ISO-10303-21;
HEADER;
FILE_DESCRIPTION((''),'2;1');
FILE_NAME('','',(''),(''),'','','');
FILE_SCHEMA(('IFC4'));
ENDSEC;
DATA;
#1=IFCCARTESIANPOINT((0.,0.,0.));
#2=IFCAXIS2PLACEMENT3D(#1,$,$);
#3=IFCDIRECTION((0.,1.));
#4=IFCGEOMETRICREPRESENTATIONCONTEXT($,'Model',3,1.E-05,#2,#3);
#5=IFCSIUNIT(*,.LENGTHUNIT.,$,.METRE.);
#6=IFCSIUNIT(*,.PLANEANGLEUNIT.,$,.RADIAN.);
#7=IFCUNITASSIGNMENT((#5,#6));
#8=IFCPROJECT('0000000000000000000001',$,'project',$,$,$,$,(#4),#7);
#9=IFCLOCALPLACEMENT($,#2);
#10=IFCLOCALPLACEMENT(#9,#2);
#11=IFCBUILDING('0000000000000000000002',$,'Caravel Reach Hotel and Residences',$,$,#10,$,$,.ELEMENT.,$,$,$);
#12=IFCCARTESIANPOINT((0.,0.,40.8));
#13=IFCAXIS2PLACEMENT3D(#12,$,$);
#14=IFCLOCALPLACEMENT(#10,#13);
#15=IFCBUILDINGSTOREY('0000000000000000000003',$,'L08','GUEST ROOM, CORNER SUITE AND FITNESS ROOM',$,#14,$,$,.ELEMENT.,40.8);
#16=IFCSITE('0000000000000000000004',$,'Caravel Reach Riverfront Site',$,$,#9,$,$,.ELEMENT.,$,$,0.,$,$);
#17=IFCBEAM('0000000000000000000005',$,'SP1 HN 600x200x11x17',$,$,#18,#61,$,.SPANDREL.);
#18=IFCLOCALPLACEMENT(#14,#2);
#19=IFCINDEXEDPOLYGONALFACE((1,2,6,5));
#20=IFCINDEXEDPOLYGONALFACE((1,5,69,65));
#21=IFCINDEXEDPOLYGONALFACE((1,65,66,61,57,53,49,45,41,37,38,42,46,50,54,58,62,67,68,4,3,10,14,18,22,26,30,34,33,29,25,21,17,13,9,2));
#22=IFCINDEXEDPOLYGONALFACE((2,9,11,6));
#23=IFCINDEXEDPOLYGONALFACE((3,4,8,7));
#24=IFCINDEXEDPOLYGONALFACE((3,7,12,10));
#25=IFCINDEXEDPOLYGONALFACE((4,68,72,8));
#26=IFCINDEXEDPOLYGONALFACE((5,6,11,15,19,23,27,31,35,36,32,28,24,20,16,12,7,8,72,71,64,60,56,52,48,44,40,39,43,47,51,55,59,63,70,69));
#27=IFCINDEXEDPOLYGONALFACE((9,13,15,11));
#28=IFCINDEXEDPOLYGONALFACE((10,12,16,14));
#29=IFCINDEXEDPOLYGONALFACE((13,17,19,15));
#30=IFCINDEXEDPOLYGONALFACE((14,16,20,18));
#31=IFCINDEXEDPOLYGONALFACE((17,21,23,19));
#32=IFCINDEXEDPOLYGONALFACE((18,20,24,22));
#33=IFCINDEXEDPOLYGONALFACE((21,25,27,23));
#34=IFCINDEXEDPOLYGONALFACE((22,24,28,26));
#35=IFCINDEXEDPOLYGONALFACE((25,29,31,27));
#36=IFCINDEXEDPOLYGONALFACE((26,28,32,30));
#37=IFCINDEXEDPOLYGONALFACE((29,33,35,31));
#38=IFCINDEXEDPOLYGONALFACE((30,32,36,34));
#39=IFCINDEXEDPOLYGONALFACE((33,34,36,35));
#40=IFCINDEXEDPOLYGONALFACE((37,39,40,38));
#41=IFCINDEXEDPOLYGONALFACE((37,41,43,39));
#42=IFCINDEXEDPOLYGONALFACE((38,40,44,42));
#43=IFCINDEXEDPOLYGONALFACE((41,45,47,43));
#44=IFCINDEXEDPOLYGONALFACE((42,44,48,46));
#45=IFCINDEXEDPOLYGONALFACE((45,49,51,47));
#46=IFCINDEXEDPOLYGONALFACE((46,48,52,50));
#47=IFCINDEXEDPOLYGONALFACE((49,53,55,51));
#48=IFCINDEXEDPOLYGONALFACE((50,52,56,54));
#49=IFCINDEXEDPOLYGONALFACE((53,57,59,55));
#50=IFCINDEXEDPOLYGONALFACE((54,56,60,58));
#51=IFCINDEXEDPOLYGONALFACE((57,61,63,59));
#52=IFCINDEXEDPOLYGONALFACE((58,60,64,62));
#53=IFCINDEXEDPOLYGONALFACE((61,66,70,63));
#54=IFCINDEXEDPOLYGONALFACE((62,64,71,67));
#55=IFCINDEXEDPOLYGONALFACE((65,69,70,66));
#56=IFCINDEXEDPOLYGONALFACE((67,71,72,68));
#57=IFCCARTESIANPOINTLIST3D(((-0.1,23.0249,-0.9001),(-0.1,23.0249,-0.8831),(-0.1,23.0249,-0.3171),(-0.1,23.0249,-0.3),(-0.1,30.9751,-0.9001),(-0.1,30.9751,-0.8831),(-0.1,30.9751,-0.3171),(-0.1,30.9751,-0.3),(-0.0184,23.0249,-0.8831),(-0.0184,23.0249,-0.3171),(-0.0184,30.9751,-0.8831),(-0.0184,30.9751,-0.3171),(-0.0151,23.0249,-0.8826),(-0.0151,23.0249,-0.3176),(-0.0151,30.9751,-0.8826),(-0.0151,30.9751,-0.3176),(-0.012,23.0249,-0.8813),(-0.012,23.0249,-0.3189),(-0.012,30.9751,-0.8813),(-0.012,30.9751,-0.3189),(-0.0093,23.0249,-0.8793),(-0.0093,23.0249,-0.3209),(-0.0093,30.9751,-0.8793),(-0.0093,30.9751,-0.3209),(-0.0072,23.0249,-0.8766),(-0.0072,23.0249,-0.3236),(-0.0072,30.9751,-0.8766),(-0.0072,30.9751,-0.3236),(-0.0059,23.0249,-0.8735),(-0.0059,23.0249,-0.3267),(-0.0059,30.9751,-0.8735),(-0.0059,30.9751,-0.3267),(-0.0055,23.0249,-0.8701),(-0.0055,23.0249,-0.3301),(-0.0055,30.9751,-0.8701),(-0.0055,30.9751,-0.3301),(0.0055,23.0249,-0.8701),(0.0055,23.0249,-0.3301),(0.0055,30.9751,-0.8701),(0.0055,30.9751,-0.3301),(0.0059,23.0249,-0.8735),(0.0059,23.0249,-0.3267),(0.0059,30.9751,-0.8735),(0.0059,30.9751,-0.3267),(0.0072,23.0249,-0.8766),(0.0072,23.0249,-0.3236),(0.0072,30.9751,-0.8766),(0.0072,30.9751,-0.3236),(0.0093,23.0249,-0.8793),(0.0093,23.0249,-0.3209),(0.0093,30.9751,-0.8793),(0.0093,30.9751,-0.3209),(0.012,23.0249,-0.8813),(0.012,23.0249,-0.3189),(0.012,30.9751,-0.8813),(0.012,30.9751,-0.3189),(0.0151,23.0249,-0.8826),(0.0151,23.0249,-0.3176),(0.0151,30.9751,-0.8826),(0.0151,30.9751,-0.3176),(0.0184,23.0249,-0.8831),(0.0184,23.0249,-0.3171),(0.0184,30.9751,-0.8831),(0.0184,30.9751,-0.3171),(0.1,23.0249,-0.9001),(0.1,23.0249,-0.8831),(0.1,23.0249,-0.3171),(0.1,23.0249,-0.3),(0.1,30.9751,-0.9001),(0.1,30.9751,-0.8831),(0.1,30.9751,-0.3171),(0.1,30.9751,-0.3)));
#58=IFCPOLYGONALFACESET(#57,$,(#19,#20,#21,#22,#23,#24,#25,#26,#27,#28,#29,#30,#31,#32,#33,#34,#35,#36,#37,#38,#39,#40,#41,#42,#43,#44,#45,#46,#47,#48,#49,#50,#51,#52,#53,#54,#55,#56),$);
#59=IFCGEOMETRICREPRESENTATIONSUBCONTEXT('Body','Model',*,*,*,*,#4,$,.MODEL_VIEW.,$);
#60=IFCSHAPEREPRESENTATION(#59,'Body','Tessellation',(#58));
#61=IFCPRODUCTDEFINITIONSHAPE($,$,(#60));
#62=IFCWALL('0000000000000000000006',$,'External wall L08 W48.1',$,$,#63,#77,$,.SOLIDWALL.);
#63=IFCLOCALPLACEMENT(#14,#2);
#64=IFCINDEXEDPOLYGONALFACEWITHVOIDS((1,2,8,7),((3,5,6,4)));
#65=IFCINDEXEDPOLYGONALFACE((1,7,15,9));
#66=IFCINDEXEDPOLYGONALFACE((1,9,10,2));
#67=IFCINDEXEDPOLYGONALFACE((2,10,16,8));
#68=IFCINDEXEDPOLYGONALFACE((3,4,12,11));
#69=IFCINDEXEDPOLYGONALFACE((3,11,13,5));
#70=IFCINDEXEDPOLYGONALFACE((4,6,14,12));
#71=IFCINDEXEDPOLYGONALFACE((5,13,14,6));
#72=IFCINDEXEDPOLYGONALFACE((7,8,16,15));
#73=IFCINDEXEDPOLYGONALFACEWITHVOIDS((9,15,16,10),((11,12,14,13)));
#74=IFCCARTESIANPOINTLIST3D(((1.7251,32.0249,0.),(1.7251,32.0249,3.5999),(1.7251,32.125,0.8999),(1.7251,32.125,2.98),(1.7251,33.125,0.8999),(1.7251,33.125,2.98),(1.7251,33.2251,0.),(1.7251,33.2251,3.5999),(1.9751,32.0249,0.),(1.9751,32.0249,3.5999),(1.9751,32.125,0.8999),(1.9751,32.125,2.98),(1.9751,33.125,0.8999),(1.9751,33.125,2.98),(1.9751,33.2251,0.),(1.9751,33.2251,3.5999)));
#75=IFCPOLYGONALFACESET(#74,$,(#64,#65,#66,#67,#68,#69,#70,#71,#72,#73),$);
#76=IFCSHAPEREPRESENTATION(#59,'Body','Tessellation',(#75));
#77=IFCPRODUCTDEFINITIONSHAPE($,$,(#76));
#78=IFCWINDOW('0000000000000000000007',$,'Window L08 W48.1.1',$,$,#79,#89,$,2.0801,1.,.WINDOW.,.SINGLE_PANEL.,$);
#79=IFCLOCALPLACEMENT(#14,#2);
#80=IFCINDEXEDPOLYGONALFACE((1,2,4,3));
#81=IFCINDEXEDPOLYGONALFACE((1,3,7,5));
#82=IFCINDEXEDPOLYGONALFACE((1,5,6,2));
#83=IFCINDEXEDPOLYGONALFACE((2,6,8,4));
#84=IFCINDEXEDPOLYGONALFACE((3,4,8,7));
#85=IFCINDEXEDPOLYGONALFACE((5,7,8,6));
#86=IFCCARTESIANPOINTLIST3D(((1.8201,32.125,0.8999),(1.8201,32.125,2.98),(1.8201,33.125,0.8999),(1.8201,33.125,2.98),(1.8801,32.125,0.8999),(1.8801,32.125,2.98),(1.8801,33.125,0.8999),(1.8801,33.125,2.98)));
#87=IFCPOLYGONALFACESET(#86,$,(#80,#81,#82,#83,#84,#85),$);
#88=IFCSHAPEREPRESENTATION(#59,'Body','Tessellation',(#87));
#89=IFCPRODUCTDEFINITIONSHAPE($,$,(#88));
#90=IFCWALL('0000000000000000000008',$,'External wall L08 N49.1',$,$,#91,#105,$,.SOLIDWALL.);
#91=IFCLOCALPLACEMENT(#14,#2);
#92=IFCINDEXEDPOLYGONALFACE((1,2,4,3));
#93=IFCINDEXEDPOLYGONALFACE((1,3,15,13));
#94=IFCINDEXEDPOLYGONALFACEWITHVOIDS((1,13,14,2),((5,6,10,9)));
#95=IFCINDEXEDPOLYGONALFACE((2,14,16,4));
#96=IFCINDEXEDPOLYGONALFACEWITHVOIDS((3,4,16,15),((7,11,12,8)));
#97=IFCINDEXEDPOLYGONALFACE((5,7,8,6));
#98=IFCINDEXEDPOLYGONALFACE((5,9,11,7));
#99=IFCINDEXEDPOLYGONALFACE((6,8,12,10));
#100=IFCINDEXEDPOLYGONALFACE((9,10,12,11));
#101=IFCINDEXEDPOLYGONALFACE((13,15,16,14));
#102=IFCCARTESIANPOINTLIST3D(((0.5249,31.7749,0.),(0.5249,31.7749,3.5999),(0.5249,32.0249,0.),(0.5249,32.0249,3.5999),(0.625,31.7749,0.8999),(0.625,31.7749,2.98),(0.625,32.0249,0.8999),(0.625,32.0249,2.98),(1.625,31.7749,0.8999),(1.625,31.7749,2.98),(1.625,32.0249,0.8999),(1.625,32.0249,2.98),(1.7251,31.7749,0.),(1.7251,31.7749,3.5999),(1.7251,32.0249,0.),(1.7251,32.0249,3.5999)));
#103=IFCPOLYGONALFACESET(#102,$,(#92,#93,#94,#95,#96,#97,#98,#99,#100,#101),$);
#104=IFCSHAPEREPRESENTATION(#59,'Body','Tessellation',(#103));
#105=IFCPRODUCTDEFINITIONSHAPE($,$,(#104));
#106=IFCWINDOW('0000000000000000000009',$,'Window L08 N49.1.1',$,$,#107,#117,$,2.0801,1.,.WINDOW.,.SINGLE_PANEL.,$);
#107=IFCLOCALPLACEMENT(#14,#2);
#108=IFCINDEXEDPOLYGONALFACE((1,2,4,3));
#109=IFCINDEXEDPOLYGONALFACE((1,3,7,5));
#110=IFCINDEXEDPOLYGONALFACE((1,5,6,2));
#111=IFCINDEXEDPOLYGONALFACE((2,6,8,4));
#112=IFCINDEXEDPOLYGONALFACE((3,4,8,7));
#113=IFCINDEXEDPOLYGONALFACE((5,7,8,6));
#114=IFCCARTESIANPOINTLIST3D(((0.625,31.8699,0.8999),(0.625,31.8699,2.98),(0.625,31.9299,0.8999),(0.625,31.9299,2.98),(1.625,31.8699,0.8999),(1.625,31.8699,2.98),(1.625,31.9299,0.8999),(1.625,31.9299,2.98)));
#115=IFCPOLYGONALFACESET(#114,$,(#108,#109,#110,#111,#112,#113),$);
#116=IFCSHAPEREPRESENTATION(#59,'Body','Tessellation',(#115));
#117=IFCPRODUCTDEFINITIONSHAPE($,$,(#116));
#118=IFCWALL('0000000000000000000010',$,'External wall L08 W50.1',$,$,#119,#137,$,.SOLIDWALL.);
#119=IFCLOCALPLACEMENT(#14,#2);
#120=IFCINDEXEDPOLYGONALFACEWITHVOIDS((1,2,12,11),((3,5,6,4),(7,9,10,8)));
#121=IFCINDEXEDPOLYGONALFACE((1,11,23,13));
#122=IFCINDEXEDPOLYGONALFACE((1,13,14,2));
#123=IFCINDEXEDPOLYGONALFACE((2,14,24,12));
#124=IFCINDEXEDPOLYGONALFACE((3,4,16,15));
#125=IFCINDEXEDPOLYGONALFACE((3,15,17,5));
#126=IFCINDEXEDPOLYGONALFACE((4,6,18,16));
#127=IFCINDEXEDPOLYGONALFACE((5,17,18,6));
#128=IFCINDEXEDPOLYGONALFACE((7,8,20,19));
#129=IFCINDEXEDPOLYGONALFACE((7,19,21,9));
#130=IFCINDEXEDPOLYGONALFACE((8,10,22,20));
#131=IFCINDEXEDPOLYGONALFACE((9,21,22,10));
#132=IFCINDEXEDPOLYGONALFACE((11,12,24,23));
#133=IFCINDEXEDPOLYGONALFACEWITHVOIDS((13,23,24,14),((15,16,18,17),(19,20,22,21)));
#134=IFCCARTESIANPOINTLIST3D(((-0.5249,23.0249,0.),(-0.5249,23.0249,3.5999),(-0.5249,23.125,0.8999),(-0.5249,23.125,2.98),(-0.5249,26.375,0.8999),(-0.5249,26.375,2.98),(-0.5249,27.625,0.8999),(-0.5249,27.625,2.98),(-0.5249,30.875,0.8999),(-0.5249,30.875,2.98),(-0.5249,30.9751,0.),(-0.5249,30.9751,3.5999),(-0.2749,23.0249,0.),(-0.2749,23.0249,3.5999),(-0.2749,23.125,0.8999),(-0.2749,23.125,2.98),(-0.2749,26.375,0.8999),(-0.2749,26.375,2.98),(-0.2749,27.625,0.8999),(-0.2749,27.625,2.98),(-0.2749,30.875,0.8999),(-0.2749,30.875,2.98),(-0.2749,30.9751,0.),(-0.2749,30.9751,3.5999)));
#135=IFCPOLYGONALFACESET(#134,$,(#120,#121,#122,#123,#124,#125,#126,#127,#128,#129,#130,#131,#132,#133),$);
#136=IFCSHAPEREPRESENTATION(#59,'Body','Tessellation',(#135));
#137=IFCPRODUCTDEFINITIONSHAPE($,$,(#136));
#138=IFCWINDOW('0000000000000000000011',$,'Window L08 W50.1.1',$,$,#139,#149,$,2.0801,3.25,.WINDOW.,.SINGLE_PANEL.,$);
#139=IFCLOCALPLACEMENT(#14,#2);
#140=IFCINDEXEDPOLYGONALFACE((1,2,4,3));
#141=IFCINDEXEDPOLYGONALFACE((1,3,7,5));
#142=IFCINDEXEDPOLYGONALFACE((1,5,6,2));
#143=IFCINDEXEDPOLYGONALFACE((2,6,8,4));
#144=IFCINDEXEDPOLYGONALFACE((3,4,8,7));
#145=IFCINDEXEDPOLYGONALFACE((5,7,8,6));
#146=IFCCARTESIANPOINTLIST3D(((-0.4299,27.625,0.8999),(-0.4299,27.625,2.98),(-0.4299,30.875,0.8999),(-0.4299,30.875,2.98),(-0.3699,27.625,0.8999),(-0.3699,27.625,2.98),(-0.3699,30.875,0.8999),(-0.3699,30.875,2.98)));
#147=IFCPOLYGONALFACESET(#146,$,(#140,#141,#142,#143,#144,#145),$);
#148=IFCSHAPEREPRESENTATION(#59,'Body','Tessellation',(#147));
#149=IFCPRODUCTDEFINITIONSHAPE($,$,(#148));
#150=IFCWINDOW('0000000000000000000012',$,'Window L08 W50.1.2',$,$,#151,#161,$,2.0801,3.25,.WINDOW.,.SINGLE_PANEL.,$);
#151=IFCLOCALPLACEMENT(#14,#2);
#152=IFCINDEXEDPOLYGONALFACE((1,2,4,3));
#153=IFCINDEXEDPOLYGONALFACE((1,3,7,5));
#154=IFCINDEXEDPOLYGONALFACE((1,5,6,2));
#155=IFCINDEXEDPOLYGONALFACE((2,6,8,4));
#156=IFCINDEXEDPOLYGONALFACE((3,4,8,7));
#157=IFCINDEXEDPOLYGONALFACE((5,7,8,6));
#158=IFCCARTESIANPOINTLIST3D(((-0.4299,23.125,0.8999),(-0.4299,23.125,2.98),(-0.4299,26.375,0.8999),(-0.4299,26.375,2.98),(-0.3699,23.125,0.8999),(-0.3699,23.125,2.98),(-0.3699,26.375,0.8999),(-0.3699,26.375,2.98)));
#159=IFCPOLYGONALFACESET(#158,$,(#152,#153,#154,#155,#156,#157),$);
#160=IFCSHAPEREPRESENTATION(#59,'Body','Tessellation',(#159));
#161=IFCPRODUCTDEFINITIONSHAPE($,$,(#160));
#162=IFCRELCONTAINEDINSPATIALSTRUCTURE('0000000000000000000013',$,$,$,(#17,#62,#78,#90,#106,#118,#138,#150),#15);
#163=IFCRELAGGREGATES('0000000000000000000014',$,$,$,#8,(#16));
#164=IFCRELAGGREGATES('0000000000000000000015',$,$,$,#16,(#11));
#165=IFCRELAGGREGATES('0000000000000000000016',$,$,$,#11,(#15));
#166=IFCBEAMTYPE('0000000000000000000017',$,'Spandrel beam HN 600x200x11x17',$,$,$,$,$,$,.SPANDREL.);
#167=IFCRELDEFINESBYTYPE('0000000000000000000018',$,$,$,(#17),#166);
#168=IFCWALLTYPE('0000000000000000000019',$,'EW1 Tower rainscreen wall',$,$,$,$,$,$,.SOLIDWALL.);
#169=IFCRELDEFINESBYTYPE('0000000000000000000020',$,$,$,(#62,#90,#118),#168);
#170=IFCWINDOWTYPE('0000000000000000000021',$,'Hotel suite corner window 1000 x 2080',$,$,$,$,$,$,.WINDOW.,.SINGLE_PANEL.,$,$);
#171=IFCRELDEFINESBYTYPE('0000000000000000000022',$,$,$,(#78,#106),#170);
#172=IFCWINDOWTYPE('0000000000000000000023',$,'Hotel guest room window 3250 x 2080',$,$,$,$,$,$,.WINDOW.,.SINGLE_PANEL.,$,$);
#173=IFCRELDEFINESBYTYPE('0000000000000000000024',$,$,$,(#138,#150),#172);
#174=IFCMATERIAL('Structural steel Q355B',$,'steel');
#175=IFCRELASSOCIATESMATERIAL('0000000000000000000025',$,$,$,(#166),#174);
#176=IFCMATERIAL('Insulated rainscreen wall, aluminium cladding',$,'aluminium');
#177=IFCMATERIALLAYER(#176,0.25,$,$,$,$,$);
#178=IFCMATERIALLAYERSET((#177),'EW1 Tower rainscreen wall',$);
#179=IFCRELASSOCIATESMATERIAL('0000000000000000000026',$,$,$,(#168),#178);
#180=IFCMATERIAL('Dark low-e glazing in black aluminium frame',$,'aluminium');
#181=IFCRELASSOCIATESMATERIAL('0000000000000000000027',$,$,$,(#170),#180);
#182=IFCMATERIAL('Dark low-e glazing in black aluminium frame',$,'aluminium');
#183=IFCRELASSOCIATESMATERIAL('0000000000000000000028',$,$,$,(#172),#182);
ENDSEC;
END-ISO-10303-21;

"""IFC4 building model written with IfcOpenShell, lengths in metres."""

from ifc_helpers import new_model, si_unit, direction, frame, frame_2d, origin, origin_2d, place, context, subcontext, project, spatial, rectangle, i_section, extrude, material, layer, layer_set, material_profile, profile_set, type_object, element, fill, save


model = new_model("IFC4")

# Units and contexts
model_context = context("Model", 3, precision=1e-05, world=origin(), true_north=direction((0.0, 1.0)))
body_context = subcontext(model_context, "Body", "Model", "MODEL_VIEW")
ifc_project = project(units=[si_unit("LENGTHUNIT", "METRE"), si_unit("PLANEANGLEUNIT", "RADIAN")], contexts=[model_context])

# Site, building, storey
site_placement = place(None, origin())
site = spatial("IfcSite", under=ifc_project, at=site_placement, Name="Caravel Reach Riverfront Site", CompositionType="ELEMENT", RefElevation=0.0)
building_placement = place(site_placement, origin())
building = spatial("IfcBuilding", under=site, at=building_placement, Name="Caravel Reach Hotel and Residences", CompositionType="ELEMENT")
storey_placement = place(building_placement, frame((0.0, 0.0, 40.8)))
storey = spatial("IfcBuildingStorey", under=building, at=storey_placement, Name="L08", Description="GUEST ROOM, CORNER SUITE AND FITNESS ROOM", CompositionType="ELEMENT", Elevation=40.8)

# Beam
ifc_material_1 = material(Name="Structural steel Q355B", Category="steel")
ifc_material_profile_1 = material_profile(ifc_material_1, i_section(OverallWidth=0.2, OverallDepth=0.6001, WebThickness=0.011, FlangeThickness=0.0171, FilletRadius=0.0129, at=origin_2d()), Name="HN 600x200x11x17")
ifc_profile_set_1 = profile_set([ifc_material_profile_1], Name="Structural steel Q355B")
beam_type = type_object("IfcBeamType", Name="Spandrel beam HN 600x200x11x17", PredefinedType="SPANDREL", material=ifc_profile_set_1)
beam_placement = place(storey_placement, frame((0.0, 30.9751, -0.6001), z_axis=(0.0, -1.0, 0.0), x_axis=(1.0, 0.0, 0.0)))
element("IfcBeam", 1, at=beam_placement, inside=storey, type_object=beam_type, Name="SP1 HN 600x200x11x17", PredefinedType="SPANDREL", context=body_context, shape_type="SweptSolid", body=[
    extrude(i_section(OverallWidth=0.2, OverallDepth=0.6001, WebThickness=0.011, FlangeThickness=0.0171, FilletRadius=0.0129, at=origin_2d()), origin(), (0.0, 0.0, 1.0), 7.9502),
])

# Walls, openings, windows
ifc_material_2 = material(Name="Insulated rainscreen wall, aluminium cladding", Category="aluminium")
ifc_layer = layer(ifc_material_2, 0.25)
ifc_layer_set = layer_set([ifc_layer], Name="EW1 Tower rainscreen wall")
wall_type = type_object("IfcWallType", Name="EW1 Tower rainscreen wall", PredefinedType="SOLIDWALL", material=ifc_layer_set)
wall_1_placement = place(storey_placement, frame((1.8501, 33.2251, 0.0), z_axis=(0.0, 0.0, 1.0), x_axis=(0.0, -1.0, 0.0)))
wall_1 = element("IfcWall", 2, at=wall_1_placement, inside=storey, type_object=wall_type, Name="External wall L08 W48.1", PredefinedType="SOLIDWALL", context=body_context, shape_type="SweptSolid", body=[
    extrude(rectangle(XDim=1.2002, YDim=0.25, at=frame_2d((0.6001, 0.0))), origin(), (0.0, 0.0, 1.0), 3.5999),
])
opening_1_placement = place(wall_1_placement, frame((0.1001, 0.0, 0.8999)))
opening_1 = element("IfcOpeningElement", 3, at=opening_1_placement, cuts=wall_1, PredefinedType="OPENING", context=body_context, shape_type="SweptSolid", body=[
    extrude(rectangle(XDim=1.0, YDim=2.0801, at=frame_2d((0.5, 1.04))), frame((0.0, 0.135, 0.0), z_axis=(0.0, -1.0, 0.0), x_axis=(1.0, 0.0, 0.0)), (0.0, 0.0, 1.0), 0.27),
])
ifc_material_3 = material(Name="Dark low-e glazing in black aluminium frame", Category="aluminium")
window_type_1 = type_object("IfcWindowType", Name="Hotel suite corner window 1000 x 2080", PartitioningType="SINGLE_PANEL", PredefinedType="WINDOW", material=ifc_material_3)
window_1_placement = place(opening_1_placement, origin())
window_1 = element("IfcWindow", 4, at=window_1_placement, inside=storey, type_object=window_type_1, Name="Window L08 W48.1.1", OverallHeight=2.0801, OverallWidth=1.0, PartitioningType="SINGLE_PANEL", PredefinedType="WINDOW", context=body_context, shape_type="SweptSolid", body=[
    extrude(rectangle(XDim=1.0, YDim=2.0801, at=frame_2d((0.5, 1.04))), frame((0.0, 0.03, 0.0), z_axis=(0.0, -1.0, 0.0), x_axis=(1.0, 0.0, 0.0)), (0.0, 0.0, 1.0), 0.0601),
])
fill(opening_1, window_1)
wall_2_placement = place(storey_placement, frame((1.7251, 31.8999, 0.0), z_axis=(0.0, 0.0, 1.0), x_axis=(-1.0, 0.0, 0.0)))
wall_2 = element("IfcWall", 5, at=wall_2_placement, inside=storey, type_object=wall_type, Name="External wall L08 N49.1", PredefinedType="SOLIDWALL", context=body_context, shape_type="SweptSolid", body=[
    extrude(rectangle(XDim=1.2002, YDim=0.25, at=frame_2d((0.6001, 0.0))), origin(), (0.0, 0.0, 1.0), 3.5999),
])
opening_2_placement = place(wall_2_placement, frame((0.1001, 0.0, 0.8999)))
opening_2 = element("IfcOpeningElement", 6, at=opening_2_placement, cuts=wall_2, PredefinedType="OPENING", context=body_context, shape_type="SweptSolid", body=[
    extrude(rectangle(XDim=1.0, YDim=2.0801, at=frame_2d((0.5, 1.04))), frame((0.0, 0.135, 0.0), z_axis=(0.0, -1.0, 0.0), x_axis=(1.0, 0.0, 0.0)), (0.0, 0.0, 1.0), 0.27),
])
window_2_placement = place(opening_2_placement, origin())
window_2 = element("IfcWindow", 7, at=window_2_placement, inside=storey, type_object=window_type_1, Name="Window L08 N49.1.1", OverallHeight=2.0801, OverallWidth=1.0, PartitioningType="SINGLE_PANEL", PredefinedType="WINDOW", context=body_context, shape_type="SweptSolid", body=[
    extrude(rectangle(XDim=1.0, YDim=2.0801, at=frame_2d((0.5, 1.04))), frame((0.0, 0.03, 0.0), z_axis=(0.0, -1.0, 0.0), x_axis=(1.0, 0.0, 0.0)), (0.0, 0.0, 1.0), 0.0601),
])
fill(opening_2, window_2)

# Wall, openings, windows
wall_3_placement = place(storey_placement, frame((-0.3999, 30.9751, 0.0), z_axis=(0.0, 0.0, 1.0), x_axis=(0.0, -1.0, 0.0)))
wall_3 = element("IfcWall", 8, at=wall_3_placement, inside=storey, type_object=wall_type, Name="External wall L08 W50.1", PredefinedType="SOLIDWALL", context=body_context, shape_type="SweptSolid", body=[
    extrude(rectangle(XDim=7.9502, YDim=0.25, at=frame_2d((3.9751, 0.0))), origin(), (0.0, 0.0, 1.0), 3.5999),
])
opening_3_placement = place(wall_3_placement, frame((0.1001, 0.0, 0.8999)))
opening_3 = element("IfcOpeningElement", 9, at=opening_3_placement, cuts=wall_3, PredefinedType="OPENING", context=body_context, shape_type="SweptSolid", body=[
    extrude(rectangle(XDim=3.25, YDim=2.0801, at=frame_2d((1.625, 1.04))), frame((0.0, 0.135, 0.0), z_axis=(0.0, -1.0, 0.0), x_axis=(1.0, 0.0, 0.0)), (0.0, 0.0, 1.0), 0.27),
])
opening_4_placement = place(wall_3_placement, frame((4.6001, 0.0, 0.8999)))
opening_4 = element("IfcOpeningElement", 10, at=opening_4_placement, cuts=wall_3, PredefinedType="OPENING", context=body_context, shape_type="SweptSolid", body=[
    extrude(rectangle(XDim=3.25, YDim=2.0801, at=frame_2d((1.625, 1.04))), frame((0.0, 0.135, 0.0), z_axis=(0.0, -1.0, 0.0), x_axis=(1.0, 0.0, 0.0)), (0.0, 0.0, 1.0), 0.27),
])
ifc_material_4 = material(Name="Dark low-e glazing in black aluminium frame", Category="aluminium")
window_type_2 = type_object("IfcWindowType", Name="Hotel guest room window 3250 x 2080", PartitioningType="SINGLE_PANEL", PredefinedType="WINDOW", material=ifc_material_4)
window_3_placement = place(opening_3_placement, origin())
window_3 = element("IfcWindow", 11, at=window_3_placement, inside=storey, type_object=window_type_2, Name="Window L08 W50.1.1", OverallHeight=2.0801, OverallWidth=3.25, PartitioningType="SINGLE_PANEL", PredefinedType="WINDOW", context=body_context, shape_type="SweptSolid", body=[
    extrude(rectangle(XDim=3.25, YDim=2.0801, at=frame_2d((1.625, 1.04))), frame((0.0, 0.03, 0.0), z_axis=(0.0, -1.0, 0.0), x_axis=(1.0, 0.0, 0.0)), (0.0, 0.0, 1.0), 0.0601),
])
fill(opening_3, window_3)
window_4_placement = place(opening_4_placement, origin())
window_4 = element("IfcWindow", 12, at=window_4_placement, inside=storey, type_object=window_type_2, Name="Window L08 W50.1.2", OverallHeight=2.0801, OverallWidth=3.25, PartitioningType="SINGLE_PANEL", PredefinedType="WINDOW", context=body_context, shape_type="SweptSolid", body=[
    extrude(rectangle(XDim=3.25, YDim=2.0801, at=frame_2d((1.625, 1.04))), frame((0.0, 0.03, 0.0), z_axis=(0.0, -1.0, 0.0), x_axis=(1.0, 0.0, 0.0)), (0.0, 0.0, 1.0), 0.0601),
])
fill(opening_4, window_4)

save(model, "model.ifc")
